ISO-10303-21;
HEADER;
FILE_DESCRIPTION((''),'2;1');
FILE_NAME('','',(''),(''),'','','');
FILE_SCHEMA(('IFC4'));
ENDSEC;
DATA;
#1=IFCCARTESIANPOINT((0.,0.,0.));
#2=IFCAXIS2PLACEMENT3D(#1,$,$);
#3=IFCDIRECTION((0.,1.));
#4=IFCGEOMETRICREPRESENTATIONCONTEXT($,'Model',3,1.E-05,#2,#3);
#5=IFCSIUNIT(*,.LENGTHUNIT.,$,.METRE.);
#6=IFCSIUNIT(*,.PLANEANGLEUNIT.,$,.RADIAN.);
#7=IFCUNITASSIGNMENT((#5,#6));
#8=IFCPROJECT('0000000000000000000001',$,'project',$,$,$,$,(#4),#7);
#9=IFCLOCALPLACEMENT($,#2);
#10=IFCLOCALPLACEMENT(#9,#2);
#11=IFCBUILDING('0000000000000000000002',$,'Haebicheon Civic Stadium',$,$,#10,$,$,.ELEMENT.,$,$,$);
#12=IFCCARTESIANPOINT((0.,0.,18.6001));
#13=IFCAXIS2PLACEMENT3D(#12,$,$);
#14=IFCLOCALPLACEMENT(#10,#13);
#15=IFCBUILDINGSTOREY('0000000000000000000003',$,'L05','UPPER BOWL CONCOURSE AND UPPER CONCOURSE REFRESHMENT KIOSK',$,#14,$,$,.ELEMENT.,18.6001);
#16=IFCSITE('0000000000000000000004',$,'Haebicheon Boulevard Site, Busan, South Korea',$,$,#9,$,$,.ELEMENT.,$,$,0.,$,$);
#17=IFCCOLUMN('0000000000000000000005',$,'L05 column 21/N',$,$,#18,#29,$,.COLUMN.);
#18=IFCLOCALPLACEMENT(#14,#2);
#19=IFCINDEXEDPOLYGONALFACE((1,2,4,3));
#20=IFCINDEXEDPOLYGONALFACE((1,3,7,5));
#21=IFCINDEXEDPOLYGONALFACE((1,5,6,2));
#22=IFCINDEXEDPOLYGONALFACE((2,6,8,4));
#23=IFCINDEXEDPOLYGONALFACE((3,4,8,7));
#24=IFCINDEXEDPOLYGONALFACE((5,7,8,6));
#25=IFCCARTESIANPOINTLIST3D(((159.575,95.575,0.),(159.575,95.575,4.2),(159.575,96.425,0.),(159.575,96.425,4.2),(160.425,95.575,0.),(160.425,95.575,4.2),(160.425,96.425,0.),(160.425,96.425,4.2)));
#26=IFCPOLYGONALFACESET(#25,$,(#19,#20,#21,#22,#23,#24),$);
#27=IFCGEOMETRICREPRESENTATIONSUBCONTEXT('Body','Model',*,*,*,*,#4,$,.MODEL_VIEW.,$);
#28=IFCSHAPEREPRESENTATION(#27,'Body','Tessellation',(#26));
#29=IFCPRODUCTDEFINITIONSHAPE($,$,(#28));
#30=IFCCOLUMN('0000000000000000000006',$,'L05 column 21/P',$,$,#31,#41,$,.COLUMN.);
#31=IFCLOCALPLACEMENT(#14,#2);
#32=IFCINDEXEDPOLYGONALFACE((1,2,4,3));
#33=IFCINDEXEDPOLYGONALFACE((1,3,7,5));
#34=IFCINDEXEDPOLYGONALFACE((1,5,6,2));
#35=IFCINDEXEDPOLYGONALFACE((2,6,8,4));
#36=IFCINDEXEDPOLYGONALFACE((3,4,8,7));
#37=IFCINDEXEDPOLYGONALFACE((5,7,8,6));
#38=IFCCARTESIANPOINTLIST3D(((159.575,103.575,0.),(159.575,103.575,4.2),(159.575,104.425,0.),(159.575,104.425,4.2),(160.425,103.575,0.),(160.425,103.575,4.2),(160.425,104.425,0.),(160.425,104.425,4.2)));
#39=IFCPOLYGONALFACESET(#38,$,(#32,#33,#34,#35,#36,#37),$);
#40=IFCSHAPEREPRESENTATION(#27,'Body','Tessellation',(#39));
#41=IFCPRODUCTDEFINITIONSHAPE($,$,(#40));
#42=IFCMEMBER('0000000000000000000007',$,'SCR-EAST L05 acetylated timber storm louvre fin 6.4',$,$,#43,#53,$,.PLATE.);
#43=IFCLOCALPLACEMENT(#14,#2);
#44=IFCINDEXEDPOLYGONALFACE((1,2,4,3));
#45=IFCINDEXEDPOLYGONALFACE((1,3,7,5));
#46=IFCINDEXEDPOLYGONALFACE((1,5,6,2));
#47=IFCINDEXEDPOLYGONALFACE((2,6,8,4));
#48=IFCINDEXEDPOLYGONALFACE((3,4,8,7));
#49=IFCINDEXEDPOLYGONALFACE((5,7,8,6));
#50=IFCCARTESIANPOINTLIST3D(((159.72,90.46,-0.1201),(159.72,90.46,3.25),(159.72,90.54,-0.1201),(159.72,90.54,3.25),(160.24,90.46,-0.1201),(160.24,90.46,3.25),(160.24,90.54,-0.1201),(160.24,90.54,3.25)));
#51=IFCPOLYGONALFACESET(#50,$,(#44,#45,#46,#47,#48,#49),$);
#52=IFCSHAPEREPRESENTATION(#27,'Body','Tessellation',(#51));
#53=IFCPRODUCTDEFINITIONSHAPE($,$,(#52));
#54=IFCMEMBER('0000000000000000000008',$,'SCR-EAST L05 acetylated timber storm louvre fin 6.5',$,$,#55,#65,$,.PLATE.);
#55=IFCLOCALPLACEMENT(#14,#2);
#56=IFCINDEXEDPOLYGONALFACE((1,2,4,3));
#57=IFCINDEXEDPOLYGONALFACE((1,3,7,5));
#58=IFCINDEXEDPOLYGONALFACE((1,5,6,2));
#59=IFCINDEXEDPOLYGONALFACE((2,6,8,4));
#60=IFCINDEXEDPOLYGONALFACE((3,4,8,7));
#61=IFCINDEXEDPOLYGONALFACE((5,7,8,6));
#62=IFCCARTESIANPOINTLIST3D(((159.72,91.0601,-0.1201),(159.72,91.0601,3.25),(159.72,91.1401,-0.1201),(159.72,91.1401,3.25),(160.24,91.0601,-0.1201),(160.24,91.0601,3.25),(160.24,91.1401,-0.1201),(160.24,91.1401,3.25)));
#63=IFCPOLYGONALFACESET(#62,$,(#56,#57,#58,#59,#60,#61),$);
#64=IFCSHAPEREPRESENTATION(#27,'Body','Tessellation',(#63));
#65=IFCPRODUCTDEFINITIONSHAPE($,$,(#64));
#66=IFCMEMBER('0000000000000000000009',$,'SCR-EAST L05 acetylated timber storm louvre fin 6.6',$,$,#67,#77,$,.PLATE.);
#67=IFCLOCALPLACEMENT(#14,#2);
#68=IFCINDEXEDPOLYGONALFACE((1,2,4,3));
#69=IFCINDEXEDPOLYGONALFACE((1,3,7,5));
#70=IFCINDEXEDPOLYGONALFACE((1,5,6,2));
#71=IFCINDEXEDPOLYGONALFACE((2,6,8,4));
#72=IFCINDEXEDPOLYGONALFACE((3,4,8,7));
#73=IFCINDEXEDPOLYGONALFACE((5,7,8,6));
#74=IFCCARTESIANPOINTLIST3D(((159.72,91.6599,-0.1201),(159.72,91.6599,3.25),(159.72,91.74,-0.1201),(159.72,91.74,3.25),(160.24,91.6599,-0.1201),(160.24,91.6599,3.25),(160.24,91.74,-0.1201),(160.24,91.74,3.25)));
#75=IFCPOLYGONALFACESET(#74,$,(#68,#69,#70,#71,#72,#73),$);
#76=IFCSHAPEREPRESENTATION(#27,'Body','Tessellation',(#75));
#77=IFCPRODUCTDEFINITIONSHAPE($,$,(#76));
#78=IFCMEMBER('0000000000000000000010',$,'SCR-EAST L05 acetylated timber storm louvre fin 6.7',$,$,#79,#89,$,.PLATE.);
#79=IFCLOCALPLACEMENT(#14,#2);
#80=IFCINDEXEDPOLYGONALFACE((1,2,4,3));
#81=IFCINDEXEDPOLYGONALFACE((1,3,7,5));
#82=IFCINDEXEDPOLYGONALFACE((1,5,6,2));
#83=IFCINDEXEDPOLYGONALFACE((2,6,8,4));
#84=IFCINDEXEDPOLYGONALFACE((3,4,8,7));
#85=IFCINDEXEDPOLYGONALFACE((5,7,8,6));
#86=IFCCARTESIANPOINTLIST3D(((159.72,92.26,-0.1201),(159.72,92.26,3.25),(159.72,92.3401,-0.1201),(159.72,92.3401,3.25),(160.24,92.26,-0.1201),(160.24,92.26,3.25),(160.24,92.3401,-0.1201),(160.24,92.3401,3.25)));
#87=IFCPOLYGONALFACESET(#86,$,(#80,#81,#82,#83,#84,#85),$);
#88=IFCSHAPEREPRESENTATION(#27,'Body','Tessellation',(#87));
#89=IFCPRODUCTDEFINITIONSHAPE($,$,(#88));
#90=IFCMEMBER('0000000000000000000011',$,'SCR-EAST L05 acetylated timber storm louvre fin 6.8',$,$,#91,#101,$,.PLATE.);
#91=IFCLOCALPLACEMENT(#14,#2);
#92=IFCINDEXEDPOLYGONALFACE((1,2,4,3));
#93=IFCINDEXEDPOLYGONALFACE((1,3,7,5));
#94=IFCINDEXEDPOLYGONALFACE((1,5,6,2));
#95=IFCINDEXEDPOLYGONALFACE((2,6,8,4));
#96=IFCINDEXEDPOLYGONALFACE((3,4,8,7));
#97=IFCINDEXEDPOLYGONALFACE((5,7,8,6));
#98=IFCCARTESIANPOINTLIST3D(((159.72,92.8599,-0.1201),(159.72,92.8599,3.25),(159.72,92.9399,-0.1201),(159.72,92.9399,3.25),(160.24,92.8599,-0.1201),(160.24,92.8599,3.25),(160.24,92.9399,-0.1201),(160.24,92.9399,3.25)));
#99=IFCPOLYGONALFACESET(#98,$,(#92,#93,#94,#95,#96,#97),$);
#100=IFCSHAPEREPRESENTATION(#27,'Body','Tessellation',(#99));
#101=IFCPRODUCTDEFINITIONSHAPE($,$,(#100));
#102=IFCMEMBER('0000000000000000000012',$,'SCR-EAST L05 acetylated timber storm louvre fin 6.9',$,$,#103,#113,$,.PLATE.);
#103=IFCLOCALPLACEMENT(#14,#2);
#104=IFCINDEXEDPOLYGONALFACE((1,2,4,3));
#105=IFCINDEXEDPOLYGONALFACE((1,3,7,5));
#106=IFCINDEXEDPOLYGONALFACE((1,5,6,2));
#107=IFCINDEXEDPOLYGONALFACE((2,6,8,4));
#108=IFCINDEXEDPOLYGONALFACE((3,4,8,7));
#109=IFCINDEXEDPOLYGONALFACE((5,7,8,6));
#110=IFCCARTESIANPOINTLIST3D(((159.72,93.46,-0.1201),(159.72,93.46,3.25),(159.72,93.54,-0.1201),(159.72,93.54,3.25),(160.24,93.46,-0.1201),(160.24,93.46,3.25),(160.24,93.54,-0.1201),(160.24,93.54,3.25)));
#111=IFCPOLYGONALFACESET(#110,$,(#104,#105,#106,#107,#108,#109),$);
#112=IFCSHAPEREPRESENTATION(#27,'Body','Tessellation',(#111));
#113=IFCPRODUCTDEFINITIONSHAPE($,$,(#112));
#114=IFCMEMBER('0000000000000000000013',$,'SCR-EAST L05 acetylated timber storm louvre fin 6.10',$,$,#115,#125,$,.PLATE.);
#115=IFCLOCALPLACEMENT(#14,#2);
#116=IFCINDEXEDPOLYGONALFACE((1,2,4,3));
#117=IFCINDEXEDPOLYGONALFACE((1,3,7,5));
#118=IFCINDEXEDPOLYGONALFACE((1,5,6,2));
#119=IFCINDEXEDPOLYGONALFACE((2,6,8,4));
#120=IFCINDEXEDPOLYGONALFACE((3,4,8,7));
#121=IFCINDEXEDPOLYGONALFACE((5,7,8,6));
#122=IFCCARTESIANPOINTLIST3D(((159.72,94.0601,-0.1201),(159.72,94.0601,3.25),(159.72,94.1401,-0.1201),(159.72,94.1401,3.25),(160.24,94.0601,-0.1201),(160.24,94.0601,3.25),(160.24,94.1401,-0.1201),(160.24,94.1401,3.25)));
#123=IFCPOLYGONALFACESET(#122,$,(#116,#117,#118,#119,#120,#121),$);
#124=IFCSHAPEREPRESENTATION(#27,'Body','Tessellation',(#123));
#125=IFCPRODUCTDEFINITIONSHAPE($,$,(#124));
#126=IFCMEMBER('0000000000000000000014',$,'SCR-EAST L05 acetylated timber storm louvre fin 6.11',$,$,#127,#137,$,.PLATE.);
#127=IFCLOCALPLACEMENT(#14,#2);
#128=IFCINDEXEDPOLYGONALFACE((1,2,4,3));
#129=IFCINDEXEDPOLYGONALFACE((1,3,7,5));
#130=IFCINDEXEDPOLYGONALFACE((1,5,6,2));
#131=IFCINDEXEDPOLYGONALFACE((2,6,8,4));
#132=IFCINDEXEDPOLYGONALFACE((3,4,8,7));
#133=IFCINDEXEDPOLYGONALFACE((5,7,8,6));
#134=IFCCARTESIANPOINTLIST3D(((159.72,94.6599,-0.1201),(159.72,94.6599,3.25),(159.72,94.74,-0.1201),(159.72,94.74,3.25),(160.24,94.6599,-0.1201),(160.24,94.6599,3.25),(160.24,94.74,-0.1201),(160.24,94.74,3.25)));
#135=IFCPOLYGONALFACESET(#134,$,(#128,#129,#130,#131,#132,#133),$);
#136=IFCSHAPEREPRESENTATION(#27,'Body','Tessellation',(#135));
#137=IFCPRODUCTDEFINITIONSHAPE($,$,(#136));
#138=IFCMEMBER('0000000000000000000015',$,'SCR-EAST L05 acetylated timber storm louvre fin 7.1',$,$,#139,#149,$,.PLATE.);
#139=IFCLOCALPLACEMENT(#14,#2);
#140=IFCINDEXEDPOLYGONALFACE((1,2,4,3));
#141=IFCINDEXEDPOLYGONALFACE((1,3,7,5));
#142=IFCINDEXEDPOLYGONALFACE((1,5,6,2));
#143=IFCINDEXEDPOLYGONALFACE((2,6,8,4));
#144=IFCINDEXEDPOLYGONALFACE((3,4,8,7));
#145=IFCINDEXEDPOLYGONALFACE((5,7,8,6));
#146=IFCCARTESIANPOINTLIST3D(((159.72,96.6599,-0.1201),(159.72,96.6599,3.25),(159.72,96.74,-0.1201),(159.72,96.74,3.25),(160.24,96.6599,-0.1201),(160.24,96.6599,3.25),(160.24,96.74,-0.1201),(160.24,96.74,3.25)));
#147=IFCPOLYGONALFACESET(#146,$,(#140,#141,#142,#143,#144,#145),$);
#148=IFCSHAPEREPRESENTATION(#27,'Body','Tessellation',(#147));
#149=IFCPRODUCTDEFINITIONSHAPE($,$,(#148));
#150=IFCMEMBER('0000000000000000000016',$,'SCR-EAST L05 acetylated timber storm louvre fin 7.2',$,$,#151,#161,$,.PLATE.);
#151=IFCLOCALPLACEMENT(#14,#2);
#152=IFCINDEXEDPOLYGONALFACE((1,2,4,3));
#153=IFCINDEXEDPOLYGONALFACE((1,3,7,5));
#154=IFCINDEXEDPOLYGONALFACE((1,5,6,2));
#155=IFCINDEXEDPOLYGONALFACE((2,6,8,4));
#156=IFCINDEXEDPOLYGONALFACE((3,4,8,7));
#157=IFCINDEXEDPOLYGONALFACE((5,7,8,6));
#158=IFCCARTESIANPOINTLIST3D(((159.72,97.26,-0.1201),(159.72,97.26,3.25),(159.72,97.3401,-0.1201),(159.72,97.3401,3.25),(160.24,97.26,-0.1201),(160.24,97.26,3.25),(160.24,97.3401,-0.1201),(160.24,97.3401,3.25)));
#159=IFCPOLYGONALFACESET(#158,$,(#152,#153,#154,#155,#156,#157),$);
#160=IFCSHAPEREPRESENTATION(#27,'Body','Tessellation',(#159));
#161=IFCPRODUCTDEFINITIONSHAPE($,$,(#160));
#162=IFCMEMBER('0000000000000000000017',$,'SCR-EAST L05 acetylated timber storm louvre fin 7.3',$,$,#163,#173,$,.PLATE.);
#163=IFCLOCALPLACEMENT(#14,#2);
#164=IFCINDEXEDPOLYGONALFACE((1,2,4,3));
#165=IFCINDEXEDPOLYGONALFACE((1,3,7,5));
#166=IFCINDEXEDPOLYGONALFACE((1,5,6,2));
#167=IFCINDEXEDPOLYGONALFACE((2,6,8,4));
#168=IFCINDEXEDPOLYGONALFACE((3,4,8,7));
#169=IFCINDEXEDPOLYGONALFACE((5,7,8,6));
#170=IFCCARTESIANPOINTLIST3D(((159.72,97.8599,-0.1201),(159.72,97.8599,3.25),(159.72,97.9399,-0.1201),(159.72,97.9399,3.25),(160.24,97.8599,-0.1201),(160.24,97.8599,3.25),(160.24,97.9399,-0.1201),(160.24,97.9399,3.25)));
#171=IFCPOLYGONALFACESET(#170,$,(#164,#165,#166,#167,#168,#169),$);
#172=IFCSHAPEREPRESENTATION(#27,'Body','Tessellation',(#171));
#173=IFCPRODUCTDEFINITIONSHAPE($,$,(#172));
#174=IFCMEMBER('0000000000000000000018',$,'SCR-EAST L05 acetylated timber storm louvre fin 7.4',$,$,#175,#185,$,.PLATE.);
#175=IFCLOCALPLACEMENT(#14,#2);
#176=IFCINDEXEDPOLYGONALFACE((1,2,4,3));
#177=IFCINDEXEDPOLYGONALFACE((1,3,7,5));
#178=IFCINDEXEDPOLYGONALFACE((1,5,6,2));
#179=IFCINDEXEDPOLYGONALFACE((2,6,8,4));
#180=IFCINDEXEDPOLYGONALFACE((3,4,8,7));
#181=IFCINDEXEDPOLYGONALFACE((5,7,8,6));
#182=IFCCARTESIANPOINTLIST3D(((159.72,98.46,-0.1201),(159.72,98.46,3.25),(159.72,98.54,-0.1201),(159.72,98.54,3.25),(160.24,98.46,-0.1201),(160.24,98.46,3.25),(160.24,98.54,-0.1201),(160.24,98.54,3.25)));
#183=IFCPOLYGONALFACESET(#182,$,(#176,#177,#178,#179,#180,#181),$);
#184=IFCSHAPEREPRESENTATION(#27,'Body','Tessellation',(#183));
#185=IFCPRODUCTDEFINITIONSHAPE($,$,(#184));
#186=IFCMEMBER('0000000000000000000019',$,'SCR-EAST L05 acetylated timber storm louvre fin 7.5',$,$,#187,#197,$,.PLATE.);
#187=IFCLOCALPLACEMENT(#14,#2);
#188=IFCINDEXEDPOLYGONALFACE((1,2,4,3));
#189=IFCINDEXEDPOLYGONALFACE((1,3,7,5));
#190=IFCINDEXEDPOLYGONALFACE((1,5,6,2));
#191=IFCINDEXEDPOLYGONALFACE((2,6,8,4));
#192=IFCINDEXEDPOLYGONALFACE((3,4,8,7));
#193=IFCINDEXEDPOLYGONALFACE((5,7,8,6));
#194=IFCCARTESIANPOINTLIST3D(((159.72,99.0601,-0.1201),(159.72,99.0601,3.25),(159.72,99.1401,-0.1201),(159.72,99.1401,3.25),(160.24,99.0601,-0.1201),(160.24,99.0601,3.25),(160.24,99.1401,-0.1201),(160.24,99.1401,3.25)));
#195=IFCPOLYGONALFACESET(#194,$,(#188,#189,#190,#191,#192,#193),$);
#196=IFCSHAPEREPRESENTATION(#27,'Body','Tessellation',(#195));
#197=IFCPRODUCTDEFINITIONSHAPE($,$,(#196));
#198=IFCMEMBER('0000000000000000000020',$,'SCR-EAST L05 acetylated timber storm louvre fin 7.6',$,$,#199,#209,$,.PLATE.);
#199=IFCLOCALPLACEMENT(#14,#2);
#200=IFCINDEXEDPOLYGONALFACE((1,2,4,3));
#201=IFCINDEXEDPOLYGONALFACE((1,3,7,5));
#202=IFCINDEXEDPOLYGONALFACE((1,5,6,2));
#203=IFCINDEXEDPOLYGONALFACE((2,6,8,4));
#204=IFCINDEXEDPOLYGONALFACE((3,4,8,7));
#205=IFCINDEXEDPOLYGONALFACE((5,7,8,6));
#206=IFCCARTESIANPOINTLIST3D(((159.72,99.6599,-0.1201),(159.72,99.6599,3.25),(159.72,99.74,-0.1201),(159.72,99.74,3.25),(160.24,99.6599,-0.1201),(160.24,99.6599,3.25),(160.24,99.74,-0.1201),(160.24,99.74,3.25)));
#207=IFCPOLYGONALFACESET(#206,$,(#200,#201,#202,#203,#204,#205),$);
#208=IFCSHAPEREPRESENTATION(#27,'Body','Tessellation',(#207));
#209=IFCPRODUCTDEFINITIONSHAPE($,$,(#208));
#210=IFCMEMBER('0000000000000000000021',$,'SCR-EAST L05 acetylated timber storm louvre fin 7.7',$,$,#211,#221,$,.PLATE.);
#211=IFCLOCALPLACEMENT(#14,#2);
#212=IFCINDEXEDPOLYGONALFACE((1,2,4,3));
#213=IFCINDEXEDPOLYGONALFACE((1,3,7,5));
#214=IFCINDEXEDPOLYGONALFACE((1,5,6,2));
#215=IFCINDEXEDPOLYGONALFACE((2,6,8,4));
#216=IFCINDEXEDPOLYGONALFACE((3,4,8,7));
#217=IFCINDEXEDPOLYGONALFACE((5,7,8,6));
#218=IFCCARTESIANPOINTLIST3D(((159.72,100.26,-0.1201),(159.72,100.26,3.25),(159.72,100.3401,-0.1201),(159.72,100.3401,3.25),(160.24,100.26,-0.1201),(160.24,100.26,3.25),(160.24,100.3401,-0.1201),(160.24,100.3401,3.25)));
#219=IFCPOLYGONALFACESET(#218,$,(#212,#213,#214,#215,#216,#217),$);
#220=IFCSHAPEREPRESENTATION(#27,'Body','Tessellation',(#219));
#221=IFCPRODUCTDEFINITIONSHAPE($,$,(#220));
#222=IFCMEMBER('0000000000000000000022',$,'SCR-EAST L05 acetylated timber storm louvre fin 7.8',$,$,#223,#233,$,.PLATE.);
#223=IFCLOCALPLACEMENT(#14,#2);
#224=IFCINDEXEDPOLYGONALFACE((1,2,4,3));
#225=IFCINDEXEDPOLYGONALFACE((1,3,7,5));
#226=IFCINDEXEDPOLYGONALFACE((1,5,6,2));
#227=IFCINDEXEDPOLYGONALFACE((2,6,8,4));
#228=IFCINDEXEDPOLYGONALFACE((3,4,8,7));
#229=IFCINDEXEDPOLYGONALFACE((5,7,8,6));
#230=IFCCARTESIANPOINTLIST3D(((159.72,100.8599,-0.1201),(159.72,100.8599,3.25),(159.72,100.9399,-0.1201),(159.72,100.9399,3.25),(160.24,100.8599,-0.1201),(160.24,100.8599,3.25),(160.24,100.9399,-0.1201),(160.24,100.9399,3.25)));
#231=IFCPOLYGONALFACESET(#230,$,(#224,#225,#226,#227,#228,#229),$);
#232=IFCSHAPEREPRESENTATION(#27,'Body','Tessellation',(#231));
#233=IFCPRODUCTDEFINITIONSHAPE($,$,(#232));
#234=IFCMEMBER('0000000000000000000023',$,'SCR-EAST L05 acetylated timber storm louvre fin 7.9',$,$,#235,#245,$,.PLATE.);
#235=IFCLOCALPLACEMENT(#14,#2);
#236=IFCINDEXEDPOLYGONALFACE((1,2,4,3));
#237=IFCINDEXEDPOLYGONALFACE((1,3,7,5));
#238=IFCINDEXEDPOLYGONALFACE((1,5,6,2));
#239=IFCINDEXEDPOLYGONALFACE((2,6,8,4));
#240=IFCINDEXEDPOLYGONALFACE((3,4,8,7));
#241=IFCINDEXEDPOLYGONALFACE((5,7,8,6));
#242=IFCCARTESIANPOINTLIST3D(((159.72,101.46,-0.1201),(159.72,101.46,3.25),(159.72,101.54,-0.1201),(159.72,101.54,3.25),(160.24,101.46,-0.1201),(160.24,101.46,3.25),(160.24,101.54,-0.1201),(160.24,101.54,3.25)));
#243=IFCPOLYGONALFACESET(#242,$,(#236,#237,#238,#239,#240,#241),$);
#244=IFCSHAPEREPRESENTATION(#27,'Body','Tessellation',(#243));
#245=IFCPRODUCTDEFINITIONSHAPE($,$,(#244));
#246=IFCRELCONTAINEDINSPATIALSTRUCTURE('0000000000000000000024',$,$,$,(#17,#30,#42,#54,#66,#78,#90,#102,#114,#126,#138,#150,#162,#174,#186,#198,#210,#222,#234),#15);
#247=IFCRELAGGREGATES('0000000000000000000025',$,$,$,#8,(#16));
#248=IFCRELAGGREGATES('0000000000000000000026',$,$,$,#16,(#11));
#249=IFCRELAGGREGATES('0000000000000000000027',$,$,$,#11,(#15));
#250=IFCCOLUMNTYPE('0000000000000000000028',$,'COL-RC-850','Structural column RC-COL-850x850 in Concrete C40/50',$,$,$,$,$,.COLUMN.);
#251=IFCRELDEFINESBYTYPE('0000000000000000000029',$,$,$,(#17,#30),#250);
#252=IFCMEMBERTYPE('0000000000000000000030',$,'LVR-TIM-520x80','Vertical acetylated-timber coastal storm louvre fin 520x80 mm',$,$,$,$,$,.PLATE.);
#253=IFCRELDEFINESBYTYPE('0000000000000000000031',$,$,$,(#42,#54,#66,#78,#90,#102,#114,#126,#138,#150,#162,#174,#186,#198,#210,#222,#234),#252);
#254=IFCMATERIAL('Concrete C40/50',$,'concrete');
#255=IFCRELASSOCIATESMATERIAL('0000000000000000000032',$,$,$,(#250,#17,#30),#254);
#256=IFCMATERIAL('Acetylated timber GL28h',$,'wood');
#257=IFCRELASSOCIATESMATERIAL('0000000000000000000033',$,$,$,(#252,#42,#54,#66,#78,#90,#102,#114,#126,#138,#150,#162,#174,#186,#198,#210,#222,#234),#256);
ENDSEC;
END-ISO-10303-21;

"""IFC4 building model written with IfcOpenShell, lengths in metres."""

from ifc_helpers import new_model, si_unit, direction, frame, origin, origin_2d, place, context, subcontext, project, spatial, rectangle, extrude, material, material_profile, profile_set, type_object, element, save


model = new_model("IFC4")

# Units and contexts
model_context = context("Model", 3, precision=1e-05, world=origin(), true_north=direction((0.0, 1.0)))
body_context = subcontext(model_context, "Body", "Model", "MODEL_VIEW")
ifc_project = project(units=[si_unit("LENGTHUNIT", "METRE"), si_unit("PLANEANGLEUNIT", "RADIAN")], contexts=[model_context])

# Site, building, storey
site_placement = place(None, origin())
site = spatial("IfcSite", under=ifc_project, at=site_placement, Name="Haebicheon Boulevard Site, Busan, South Korea", CompositionType="ELEMENT", RefElevation=0.0)
building_placement = place(site_placement, origin())
building = spatial("IfcBuilding", under=site, at=building_placement, Name="Haebicheon Civic Stadium", CompositionType="ELEMENT")
storey_placement = place(building_placement, frame((0.0, 0.0, 18.6001)))
storey = spatial("IfcBuildingStorey", under=building, at=storey_placement, Name="L05", Description="UPPER BOWL CONCOURSE AND UPPER CONCOURSE REFRESHMENT KIOSK", CompositionType="ELEMENT", Elevation=18.6001)

# Columns
ifc_material_1 = material(Name="Concrete C40/50", Category="concrete")
ifc_material_profile_1 = material_profile(ifc_material_1, rectangle(XDim=0.8501, YDim=0.8501, at=origin_2d()), Name="RC-COL-850x850")
ifc_profile_set_1 = profile_set([ifc_material_profile_1], Name="Concrete C40/50")
column_type = type_object("IfcColumnType", Name="COL-RC-850", Description="Structural column RC-COL-850x850 in Concrete C40/50", PredefinedType="COLUMN", material=ifc_profile_set_1)
for number, where, z_axis, x_axis, name in (
    (1, (160.0, 96.0, 0.0), (0.0, 0.0, 1.0), (1.0, 0.0, 0.0), "L05 column 21/N"),
    (2, (160.0, 104.0, 0.0), (0.0, 0.0, 1.0), (1.0, 0.0, 0.0), "L05 column 21/P"),
):
    element("IfcColumn", number, at=place(storey_placement, frame(where, z_axis=z_axis, x_axis=x_axis)), inside=storey, type_object=column_type, material=ifc_profile_set_1, Name=name, PredefinedType="COLUMN", context=body_context, shape_type="SweptSolid", body=[
        extrude(rectangle(XDim=0.8501, YDim=0.8501, at=origin_2d()), origin(), (0.0, 0.0, 1.0), 4.2),
    ])

# Members
ifc_material_2 = material(Name="Acetylated timber GL28h", Category="wood")
ifc_material_profile_2 = material_profile(ifc_material_2, rectangle(XDim=0.0801, YDim=0.52, at=origin_2d()), Name="TMB-LOUV-80x520")
ifc_profile_set_2 = profile_set([ifc_material_profile_2], Name="Acetylated timber GL28h")
member_type = type_object("IfcMemberType", Name="LVR-TIM-520x80", Description="Vertical acetylated-timber coastal storm louvre fin 520x80 mm", PredefinedType="PLATE", material=ifc_profile_set_2)
for number, where, z_axis, x_axis, name in (
    (3, (159.98, 90.5, -0.1201), (0.0, 0.0, 1.0), (0.0, 1.0, 0.0), "SCR-EAST L05 acetylated timber storm louvre fin 6.4"),
    (4, (159.98, 91.1001, -0.1201), (0.0, 0.0, 1.0), (0.0, 1.0, 0.0), "SCR-EAST L05 acetylated timber storm louvre fin 6.5"),
    (5, (159.98, 91.7, -0.1201), (0.0, 0.0, 1.0), (0.0, 1.0, 0.0), "SCR-EAST L05 acetylated timber storm louvre fin 6.6"),
    (6, (159.98, 92.3, -0.1201), (0.0, 0.0, 1.0), (0.0, 1.0, 0.0), "SCR-EAST L05 acetylated timber storm louvre fin 6.7"),
    (7, (159.98, 92.8999, -0.1201), (0.0, 0.0, 1.0), (0.0, 1.0, 0.0), "SCR-EAST L05 acetylated timber storm louvre fin 6.8"),
    (8, (159.98, 93.5, -0.1201), (0.0, 0.0, 1.0), (0.0, 1.0, 0.0), "SCR-EAST L05 acetylated timber storm louvre fin 6.9"),
    (9, (159.98, 94.1001, -0.1201), (0.0, 0.0, 1.0), (0.0, 1.0, 0.0), "SCR-EAST L05 acetylated timber storm louvre fin 6.10"),
    (10, (159.98, 94.7, -0.1201), (0.0, 0.0, 1.0), (0.0, 1.0, 0.0), "SCR-EAST L05 acetylated timber storm louvre fin 6.11"),
    (11, (159.98, 96.7, -0.1201), (0.0, 0.0, 1.0), (0.0, 1.0, 0.0), "SCR-EAST L05 acetylated timber storm louvre fin 7.1"),
    (12, (159.98, 97.3, -0.1201), (0.0, 0.0, 1.0), (0.0, 1.0, 0.0), "SCR-EAST L05 acetylated timber storm louvre fin 7.2"),
    (13, (159.98, 97.8999, -0.1201), (0.0, 0.0, 1.0), (0.0, 1.0, 0.0), "SCR-EAST L05 acetylated timber storm louvre fin 7.3"),
    (14, (159.98, 98.5, -0.1201), (0.0, 0.0, 1.0), (0.0, 1.0, 0.0), "SCR-EAST L05 acetylated timber storm louvre fin 7.4"),
    (15, (159.98, 99.1001, -0.1201), (0.0, 0.0, 1.0), (0.0, 1.0, 0.0), "SCR-EAST L05 acetylated timber storm louvre fin 7.5"),
    (16, (159.98, 99.7, -0.1201), (0.0, 0.0, 1.0), (0.0, 1.0, 0.0), "SCR-EAST L05 acetylated timber storm louvre fin 7.6"),
    (17, (159.98, 100.3, -0.1201), (0.0, 0.0, 1.0), (0.0, 1.0, 0.0), "SCR-EAST L05 acetylated timber storm louvre fin 7.7"),
    (18, (159.98, 100.8999, -0.1201), (0.0, 0.0, 1.0), (0.0, 1.0, 0.0), "SCR-EAST L05 acetylated timber storm louvre fin 7.8"),
    (19, (159.98, 101.5, -0.1201), (0.0, 0.0, 1.0), (0.0, 1.0, 0.0), "SCR-EAST L05 acetylated timber storm louvre fin 7.9"),
):
    element("IfcMember", number, at=place(storey_placement, frame(where, z_axis=z_axis, x_axis=x_axis)), inside=storey, type_object=member_type, material=ifc_profile_set_2, Name=name, PredefinedType="PLATE", context=body_context, shape_type="SweptSolid", body=[
        extrude(rectangle(XDim=0.0801, YDim=0.52, at=origin_2d()), origin(), (0.0, 0.0, 1.0), 3.3701),
    ])

save(model, "model.ifc")
